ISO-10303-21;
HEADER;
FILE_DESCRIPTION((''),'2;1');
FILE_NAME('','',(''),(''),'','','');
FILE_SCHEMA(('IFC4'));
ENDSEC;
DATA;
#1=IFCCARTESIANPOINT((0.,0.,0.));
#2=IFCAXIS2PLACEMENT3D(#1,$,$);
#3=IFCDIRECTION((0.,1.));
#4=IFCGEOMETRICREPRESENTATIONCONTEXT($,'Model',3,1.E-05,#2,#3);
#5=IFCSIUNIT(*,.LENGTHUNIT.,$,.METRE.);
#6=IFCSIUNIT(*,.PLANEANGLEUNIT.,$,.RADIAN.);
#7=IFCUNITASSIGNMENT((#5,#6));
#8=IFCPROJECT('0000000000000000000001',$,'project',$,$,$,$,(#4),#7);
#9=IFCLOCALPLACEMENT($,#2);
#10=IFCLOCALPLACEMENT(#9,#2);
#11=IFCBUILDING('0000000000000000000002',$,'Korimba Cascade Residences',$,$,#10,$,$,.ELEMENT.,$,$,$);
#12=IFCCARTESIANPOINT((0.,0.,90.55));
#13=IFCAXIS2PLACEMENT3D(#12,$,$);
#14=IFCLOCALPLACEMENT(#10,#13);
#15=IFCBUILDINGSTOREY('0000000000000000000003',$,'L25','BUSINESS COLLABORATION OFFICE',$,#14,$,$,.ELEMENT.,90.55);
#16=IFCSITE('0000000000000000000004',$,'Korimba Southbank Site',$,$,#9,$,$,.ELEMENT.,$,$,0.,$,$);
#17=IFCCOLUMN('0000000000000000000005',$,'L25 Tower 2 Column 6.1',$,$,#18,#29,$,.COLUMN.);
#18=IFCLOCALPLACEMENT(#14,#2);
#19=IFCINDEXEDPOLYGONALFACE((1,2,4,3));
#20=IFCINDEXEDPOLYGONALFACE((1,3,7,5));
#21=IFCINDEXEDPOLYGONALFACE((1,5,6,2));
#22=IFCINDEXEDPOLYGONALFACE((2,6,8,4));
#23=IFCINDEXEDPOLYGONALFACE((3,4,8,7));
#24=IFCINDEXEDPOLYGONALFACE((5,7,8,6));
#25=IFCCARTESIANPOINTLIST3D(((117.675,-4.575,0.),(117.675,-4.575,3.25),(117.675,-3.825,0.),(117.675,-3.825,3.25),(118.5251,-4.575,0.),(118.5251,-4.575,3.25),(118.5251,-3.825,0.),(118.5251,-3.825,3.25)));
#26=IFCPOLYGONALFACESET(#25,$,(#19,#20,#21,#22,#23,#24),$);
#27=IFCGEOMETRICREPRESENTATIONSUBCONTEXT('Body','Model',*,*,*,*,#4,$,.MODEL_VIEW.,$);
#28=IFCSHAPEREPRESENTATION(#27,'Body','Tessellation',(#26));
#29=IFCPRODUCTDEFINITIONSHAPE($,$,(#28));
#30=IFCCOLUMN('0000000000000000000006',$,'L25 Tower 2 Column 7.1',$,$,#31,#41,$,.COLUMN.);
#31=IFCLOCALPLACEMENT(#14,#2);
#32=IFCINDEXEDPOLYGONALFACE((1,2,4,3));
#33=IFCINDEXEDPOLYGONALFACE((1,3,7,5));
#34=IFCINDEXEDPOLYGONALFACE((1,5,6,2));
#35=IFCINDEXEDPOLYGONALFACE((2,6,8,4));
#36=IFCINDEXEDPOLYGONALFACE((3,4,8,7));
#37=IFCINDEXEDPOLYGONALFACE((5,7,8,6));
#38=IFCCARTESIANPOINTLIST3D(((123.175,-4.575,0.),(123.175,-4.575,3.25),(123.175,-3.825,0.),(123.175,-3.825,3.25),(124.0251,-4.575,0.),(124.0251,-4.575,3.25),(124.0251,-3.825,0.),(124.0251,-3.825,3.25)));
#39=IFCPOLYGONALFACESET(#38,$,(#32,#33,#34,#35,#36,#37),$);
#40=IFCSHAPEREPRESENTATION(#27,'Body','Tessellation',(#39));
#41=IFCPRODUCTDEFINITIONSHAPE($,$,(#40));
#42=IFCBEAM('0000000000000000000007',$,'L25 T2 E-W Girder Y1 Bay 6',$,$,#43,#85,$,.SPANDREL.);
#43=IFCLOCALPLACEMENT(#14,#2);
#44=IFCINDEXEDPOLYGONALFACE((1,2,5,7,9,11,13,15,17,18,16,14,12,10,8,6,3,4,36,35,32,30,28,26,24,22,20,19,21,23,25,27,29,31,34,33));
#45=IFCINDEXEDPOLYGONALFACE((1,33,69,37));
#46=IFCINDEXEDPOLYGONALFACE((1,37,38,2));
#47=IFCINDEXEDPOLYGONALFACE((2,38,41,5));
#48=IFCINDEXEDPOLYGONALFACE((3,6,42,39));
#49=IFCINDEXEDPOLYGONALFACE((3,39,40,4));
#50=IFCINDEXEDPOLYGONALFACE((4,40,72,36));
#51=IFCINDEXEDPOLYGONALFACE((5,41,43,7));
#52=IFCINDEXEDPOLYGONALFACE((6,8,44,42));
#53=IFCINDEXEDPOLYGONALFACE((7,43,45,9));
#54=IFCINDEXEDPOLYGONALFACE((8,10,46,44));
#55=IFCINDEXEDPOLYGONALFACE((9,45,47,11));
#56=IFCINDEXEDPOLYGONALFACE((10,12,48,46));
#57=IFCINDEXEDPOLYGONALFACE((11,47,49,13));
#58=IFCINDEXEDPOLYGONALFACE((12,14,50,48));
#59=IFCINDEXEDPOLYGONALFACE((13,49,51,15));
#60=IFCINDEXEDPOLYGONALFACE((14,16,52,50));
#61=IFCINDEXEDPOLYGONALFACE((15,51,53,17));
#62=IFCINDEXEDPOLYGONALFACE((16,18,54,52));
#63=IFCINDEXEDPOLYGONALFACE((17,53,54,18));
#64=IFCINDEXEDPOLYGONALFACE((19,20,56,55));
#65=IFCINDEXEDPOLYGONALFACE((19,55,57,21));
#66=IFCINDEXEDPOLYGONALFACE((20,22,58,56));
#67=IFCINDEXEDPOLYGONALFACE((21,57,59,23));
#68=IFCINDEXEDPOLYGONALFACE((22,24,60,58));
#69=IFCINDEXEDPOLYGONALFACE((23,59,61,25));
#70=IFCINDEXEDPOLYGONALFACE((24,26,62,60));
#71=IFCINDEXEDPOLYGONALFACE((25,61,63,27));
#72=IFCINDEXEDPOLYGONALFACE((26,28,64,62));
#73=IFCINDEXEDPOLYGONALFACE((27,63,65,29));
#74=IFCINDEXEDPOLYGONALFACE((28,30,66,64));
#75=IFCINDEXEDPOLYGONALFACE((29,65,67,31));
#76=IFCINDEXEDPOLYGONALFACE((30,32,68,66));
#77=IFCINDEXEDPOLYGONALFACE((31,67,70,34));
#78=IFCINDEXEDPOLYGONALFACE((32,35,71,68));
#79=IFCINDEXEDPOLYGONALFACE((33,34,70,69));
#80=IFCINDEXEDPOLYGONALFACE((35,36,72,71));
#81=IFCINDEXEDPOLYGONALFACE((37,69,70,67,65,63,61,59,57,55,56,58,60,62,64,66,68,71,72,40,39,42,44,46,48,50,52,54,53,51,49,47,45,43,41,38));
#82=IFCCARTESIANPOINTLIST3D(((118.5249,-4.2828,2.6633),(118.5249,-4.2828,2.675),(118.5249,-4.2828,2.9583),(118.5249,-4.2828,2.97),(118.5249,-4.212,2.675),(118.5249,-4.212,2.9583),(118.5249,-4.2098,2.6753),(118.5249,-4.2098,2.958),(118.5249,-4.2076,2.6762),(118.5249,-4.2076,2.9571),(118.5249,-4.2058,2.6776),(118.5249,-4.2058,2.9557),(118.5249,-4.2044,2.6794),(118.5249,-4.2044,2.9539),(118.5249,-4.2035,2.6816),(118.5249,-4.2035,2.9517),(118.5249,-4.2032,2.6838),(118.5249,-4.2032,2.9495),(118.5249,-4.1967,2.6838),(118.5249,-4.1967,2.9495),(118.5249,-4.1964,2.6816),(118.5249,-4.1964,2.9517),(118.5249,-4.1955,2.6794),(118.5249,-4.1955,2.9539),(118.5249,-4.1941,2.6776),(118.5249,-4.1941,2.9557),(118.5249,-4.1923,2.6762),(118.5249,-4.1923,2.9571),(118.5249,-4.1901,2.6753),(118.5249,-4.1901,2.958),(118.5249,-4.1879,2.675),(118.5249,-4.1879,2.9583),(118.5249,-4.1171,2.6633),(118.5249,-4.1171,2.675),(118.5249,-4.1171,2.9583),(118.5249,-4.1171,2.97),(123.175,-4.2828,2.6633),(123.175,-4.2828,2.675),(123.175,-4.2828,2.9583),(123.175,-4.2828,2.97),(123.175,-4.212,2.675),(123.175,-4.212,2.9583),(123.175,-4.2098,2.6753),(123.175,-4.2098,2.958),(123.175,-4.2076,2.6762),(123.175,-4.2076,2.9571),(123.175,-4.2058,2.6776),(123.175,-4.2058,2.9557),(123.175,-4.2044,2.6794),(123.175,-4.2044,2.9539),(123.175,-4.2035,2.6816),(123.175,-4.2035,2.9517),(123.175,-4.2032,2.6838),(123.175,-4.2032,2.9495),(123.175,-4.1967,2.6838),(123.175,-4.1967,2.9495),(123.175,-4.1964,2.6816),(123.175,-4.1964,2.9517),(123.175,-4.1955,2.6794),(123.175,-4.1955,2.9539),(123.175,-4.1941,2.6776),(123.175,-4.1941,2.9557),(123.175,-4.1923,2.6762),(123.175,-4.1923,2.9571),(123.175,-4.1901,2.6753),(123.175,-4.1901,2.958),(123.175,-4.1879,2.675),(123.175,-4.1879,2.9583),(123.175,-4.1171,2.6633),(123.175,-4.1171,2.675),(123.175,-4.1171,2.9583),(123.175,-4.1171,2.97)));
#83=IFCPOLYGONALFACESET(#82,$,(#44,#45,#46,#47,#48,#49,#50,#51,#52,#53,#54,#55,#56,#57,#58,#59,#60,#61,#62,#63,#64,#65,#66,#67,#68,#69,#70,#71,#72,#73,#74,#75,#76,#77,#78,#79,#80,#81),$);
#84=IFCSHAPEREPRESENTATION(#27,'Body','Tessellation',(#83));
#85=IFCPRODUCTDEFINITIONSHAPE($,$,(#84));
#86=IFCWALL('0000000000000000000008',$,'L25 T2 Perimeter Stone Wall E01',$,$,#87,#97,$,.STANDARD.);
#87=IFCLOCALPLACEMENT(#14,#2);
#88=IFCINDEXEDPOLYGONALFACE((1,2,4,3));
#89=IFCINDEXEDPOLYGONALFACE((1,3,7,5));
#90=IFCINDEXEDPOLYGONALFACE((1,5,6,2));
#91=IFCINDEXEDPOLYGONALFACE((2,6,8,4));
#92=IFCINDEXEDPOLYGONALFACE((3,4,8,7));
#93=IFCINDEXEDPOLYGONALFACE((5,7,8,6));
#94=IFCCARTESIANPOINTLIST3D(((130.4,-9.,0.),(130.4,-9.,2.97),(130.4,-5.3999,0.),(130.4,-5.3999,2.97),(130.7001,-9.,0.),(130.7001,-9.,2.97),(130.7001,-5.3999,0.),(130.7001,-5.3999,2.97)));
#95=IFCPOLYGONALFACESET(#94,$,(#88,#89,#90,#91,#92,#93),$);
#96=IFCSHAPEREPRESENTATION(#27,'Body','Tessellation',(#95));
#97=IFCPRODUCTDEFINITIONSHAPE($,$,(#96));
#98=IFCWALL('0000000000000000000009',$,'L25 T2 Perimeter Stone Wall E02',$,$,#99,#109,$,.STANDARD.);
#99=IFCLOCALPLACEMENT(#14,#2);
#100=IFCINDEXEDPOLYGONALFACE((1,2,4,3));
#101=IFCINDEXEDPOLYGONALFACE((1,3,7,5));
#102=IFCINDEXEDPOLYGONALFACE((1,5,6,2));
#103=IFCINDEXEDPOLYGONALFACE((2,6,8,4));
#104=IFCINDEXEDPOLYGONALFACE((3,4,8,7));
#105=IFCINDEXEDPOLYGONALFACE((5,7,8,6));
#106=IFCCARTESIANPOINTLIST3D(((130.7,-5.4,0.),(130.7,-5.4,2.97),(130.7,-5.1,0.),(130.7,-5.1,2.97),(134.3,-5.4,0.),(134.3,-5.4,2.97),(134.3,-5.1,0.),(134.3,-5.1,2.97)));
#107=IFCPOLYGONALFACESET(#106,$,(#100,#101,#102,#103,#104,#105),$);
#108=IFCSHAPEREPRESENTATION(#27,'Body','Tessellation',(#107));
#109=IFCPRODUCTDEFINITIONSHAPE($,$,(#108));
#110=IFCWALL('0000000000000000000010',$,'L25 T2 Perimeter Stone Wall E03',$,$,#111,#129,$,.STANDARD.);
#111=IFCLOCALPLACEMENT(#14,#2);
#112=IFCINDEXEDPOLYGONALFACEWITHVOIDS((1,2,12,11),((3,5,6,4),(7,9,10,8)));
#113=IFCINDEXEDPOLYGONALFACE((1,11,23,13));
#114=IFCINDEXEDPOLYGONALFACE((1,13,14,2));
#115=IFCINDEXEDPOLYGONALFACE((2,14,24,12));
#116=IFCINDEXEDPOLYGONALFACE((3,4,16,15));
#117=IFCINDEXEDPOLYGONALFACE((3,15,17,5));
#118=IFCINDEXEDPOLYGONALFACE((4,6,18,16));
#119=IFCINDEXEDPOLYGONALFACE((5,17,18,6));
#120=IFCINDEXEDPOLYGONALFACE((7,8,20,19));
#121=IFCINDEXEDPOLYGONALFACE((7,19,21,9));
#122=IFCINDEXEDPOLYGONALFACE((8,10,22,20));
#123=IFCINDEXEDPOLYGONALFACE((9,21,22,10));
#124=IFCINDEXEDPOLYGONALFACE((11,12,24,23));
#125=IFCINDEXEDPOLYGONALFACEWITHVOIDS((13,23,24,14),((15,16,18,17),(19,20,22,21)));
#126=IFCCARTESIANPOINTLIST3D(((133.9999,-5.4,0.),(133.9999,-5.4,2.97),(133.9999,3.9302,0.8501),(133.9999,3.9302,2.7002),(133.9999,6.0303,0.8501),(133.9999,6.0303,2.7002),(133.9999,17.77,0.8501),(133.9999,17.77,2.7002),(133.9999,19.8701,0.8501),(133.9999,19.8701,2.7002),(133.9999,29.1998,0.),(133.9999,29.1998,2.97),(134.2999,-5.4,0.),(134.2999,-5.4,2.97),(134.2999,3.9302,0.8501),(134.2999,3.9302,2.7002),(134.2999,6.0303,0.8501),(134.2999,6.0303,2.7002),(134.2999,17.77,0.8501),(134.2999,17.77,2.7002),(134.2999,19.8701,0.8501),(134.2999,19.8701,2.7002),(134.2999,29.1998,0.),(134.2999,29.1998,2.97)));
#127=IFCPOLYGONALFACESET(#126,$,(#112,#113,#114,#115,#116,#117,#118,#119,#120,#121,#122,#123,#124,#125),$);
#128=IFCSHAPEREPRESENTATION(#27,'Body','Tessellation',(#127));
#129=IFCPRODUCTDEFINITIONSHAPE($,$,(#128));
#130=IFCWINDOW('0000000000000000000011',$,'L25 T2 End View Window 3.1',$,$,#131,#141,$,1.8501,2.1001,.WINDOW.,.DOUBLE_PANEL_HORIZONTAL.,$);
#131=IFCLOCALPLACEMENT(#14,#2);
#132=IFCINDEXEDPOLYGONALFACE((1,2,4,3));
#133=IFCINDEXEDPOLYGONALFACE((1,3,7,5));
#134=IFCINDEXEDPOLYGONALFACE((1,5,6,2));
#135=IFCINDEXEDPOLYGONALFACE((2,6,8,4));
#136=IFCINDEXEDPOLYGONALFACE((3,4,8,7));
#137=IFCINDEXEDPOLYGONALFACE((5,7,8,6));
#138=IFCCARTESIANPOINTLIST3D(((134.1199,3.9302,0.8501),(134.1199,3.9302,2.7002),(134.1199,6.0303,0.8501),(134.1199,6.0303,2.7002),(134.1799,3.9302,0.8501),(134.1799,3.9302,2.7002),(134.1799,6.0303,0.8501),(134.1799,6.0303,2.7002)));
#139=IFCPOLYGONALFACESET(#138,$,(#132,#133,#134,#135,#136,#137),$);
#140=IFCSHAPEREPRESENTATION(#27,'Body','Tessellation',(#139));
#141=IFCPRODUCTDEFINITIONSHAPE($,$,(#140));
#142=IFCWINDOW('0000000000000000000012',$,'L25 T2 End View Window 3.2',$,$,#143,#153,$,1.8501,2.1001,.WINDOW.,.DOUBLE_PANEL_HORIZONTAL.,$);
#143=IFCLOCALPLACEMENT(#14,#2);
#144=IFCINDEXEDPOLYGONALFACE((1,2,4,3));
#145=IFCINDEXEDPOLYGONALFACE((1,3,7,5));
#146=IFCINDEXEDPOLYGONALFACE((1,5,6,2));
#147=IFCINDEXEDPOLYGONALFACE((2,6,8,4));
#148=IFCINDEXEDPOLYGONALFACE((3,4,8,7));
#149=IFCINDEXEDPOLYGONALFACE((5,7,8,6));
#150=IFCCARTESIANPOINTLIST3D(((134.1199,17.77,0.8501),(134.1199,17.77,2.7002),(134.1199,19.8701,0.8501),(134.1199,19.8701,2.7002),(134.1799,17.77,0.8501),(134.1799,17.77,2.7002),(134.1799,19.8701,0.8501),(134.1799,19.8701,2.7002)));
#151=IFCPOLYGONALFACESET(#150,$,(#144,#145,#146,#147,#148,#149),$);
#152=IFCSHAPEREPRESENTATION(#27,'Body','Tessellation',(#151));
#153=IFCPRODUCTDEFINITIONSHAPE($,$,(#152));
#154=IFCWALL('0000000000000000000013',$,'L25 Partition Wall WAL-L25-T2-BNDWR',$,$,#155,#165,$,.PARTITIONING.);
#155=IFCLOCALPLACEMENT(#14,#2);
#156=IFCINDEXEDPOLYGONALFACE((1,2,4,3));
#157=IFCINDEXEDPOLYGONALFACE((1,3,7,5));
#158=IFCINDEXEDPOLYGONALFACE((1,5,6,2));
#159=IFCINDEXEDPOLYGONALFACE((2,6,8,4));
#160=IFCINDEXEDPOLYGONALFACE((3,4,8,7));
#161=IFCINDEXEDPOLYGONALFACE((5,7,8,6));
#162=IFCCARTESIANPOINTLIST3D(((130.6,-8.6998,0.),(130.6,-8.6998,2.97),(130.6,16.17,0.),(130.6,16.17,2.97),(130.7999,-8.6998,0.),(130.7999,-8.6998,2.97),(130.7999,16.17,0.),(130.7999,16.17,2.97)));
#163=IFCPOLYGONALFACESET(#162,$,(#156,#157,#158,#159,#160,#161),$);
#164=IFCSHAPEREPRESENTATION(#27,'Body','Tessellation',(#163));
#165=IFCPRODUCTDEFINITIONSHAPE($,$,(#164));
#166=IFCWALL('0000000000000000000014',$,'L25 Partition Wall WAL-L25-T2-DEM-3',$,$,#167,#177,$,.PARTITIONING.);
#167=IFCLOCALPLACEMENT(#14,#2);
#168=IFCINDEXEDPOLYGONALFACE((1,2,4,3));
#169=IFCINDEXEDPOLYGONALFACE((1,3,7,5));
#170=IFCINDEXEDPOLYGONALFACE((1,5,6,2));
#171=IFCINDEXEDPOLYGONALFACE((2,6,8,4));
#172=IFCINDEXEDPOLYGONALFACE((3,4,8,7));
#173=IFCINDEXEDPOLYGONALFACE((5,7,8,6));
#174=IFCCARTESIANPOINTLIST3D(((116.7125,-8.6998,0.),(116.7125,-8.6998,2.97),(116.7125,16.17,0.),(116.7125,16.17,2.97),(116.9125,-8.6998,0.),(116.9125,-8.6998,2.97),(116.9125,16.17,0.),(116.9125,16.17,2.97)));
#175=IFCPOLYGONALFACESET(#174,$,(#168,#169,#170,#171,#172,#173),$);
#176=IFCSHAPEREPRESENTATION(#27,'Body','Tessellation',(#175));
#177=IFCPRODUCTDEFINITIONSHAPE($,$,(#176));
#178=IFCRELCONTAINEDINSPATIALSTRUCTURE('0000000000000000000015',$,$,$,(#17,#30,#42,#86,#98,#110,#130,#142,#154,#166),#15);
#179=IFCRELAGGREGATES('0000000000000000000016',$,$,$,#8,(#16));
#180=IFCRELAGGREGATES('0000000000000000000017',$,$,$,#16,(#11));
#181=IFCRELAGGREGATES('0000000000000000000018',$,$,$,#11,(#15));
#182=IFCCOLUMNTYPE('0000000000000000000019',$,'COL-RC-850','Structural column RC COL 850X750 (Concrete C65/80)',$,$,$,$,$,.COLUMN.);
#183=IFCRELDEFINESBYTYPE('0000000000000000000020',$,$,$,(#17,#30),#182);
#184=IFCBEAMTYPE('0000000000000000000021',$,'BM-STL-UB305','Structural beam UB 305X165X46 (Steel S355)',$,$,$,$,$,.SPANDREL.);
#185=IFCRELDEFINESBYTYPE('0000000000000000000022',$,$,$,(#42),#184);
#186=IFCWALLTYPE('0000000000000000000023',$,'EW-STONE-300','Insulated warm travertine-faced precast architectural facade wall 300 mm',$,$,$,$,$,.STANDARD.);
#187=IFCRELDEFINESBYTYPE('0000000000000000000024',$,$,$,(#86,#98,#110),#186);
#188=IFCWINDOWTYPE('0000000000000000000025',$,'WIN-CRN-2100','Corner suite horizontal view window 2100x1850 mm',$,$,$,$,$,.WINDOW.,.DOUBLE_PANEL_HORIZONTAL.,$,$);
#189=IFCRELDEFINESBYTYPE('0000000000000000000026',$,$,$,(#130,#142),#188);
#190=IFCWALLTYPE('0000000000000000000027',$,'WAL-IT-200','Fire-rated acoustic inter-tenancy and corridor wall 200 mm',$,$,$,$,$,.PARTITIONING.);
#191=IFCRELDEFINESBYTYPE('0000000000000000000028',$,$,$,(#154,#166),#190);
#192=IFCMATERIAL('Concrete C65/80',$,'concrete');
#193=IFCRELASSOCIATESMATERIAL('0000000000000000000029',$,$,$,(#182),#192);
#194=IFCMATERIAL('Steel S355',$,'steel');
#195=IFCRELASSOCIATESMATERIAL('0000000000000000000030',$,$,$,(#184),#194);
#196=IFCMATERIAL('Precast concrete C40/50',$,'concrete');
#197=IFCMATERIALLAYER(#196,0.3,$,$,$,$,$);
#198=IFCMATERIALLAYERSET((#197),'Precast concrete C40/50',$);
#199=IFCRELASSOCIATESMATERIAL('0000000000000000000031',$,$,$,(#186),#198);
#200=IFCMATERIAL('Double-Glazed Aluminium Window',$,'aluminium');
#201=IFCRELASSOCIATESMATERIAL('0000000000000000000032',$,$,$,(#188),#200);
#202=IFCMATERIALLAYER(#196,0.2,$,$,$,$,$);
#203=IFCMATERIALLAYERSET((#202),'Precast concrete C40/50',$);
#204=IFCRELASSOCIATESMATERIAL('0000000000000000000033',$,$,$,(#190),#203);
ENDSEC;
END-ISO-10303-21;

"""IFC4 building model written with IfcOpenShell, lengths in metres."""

from ifc_helpers import new_model, si_unit, direction, frame, frame_2d, origin, origin_2d, place, context, subcontext, project, spatial, rectangle, i_section, extrude, material, layer, layer_set, material_profile, profile_set, type_object, element, fill, save


model = new_model("IFC4")

# Units and contexts
model_context = context("Model", 3, precision=1e-05, world=origin(), true_north=direction((0.0, 1.0)))
body_context = subcontext(model_context, "Body", "Model", "MODEL_VIEW")
ifc_project = project(units=[si_unit("LENGTHUNIT", "METRE"), si_unit("PLANEANGLEUNIT", "RADIAN")], contexts=[model_context])

# Site, building, storey
site_placement = place(None, origin())
site = spatial("IfcSite", under=ifc_project, at=site_placement, Name="Korimba Southbank Site", CompositionType="ELEMENT", RefElevation=0.0)
building_placement = place(site_placement, origin())
building = spatial("IfcBuilding", under=site, at=building_placement, Name="Korimba Cascade Residences", CompositionType="ELEMENT")
storey_placement = place(building_placement, frame((0.0, 0.0, 90.55)))
storey = spatial("IfcBuildingStorey", under=building, at=storey_placement, Name="L25", Description="BUSINESS COLLABORATION OFFICE", CompositionType="ELEMENT", Elevation=90.55)

# Columns
ifc_material_1 = material(Name="Concrete C65/80", Category="concrete")
ifc_material_profile_1 = material_profile(ifc_material_1, rectangle(XDim=0.8501, YDim=0.75, at=origin_2d()), Name="Concrete C65/80")
ifc_profile_set_1 = profile_set([ifc_material_profile_1], Name="Concrete C65/80")
column_type = type_object("IfcColumnType", Name="COL-RC-850", Description="Structural column RC COL 850X750 (Concrete C65/80)", PredefinedType="COLUMN", material=ifc_profile_set_1)
for number, where, z_axis, x_axis, name in (
    (1, (118.1001, -4.2, 0.0), (0.0, 0.0, 1.0), (1.0, 0.0, 0.0), "L25 Tower 2 Column 6.1"),
    (2, (123.6001, -4.2, 0.0), (0.0, 0.0, 1.0), (1.0, 0.0, 0.0), "L25 Tower 2 Column 7.1"),
):
    element("IfcColumn", number, at=place(storey_placement, frame(where, z_axis=z_axis, x_axis=x_axis)), inside=storey, type_object=column_type, Name=name, PredefinedType="COLUMN", context=body_context, shape_type="SweptSolid", body=[
        extrude(rectangle(XDim=0.8501, YDim=0.75, at=origin_2d()), origin(), (0.0, 0.0, 1.0), 3.25),
    ])

# Beam
ifc_material_2 = material(Name="Steel S355", Category="steel")
ifc_material_profile_2 = material_profile(ifc_material_2, i_section(OverallWidth=0.1658, OverallDepth=0.3066, WebThickness=0.0066, FlangeThickness=0.0117, FilletRadius=0.0088, at=origin_2d()), Name="Steel S355")
ifc_profile_set_2 = profile_set([ifc_material_profile_2], Name="Steel S355")
beam_type = type_object("IfcBeamType", Name="BM-STL-UB305", Description="Structural beam UB 305X165X46 (Steel S355)", PredefinedType="SPANDREL", material=ifc_profile_set_2)
beam_placement = place(storey_placement, frame((118.5249, -4.2, 2.8167), z_axis=(1.0, 0.0, 0.0), x_axis=(0.0, 1.0, 0.0)))
element("IfcBeam", 3, at=beam_placement, inside=storey, type_object=beam_type, Name="L25 T2 E-W Girder Y1 Bay 6", PredefinedType="SPANDREL", context=body_context, shape_type="SweptSolid", body=[
    extrude(i_section(OverallWidth=0.1658, OverallDepth=0.3066, WebThickness=0.0066, FlangeThickness=0.0117, FilletRadius=0.0088, at=origin_2d()), origin(), (0.0, 0.0, 1.0), 4.6501),
])

# Walls
ifc_material_3 = material(Name="Precast concrete C40/50", Category="concrete")
ifc_layer_1 = layer(ifc_material_3, 0.3)
ifc_layer_set_1 = layer_set([ifc_layer_1], Name="Precast concrete C40/50")
wall_type_1 = type_object("IfcWallType", Name="EW-STONE-300", Description="Insulated warm travertine-faced precast architectural facade wall 300 mm", PredefinedType="STANDARD", material=ifc_layer_set_1)
for number, where, z_axis, x_axis, name in (
    (4, (130.55, -9.0, 0.0), (0.0, 0.0, 1.0), (0.0, 1.0, 0.0), "L25 T2 Perimeter Stone Wall E01"),
    (5, (130.7, -5.25, 0.0), (0.0, 0.0, 1.0), (1.0, 0.0, 0.0), "L25 T2 Perimeter Stone Wall E02"),
):
    element("IfcWall", number, at=place(storey_placement, frame(where, z_axis=z_axis, x_axis=x_axis)), inside=storey, type_object=wall_type_1, Name=name, PredefinedType="STANDARD", context=body_context, shape_type="SweptSolid", body=[
        extrude(rectangle(XDim=3.6001, YDim=0.3, at=frame_2d((1.8, 0.0))), origin(), (0.0, 0.0, 1.0), 2.97),
    ])

# Wall, openings, windows
wall_1_placement = place(storey_placement, frame((134.1499, -5.3999, 0.0), z_axis=(0.0, 0.0, 1.0), x_axis=(0.0, 1.0, 0.0)))
wall_1 = element("IfcWall", 6, at=wall_1_placement, inside=storey, type_object=wall_type_1, Name="L25 T2 Perimeter Stone Wall E03", PredefinedType="STANDARD", context=body_context, shape_type="SweptSolid", body=[
    extrude(rectangle(XDim=34.5999, YDim=0.3, at=frame_2d((17.2998, 0.0))), origin(), (0.0, 0.0, 1.0), 2.97),
])
opening_1_placement = place(wall_1_placement, frame((9.3301, 0.0, 0.8501)))
opening_1 = element("IfcOpeningElement", 7, at=opening_1_placement, cuts=wall_1, PredefinedType="OPENING", context=body_context, shape_type="SweptSolid", body=[
    extrude(rectangle(XDim=2.1001, YDim=1.8501, at=frame_2d((1.05, 0.925))), frame((0.0, 0.1602, 0.0), z_axis=(0.0, -1.0, 0.0), x_axis=(1.0, 0.0, 0.0)), (0.0, 0.0, 1.0), 0.3201),
])
opening_2_placement = place(wall_1_placement, frame((23.1699, 0.0, 0.8501)))
opening_2 = element("IfcOpeningElement", 8, at=opening_2_placement, cuts=wall_1, PredefinedType="OPENING", context=body_context, shape_type="SweptSolid", body=[
    extrude(rectangle(XDim=2.1001, YDim=1.8501, at=frame_2d((1.05, 0.925))), frame((0.0, 0.1602, 0.0), z_axis=(0.0, -1.0, 0.0), x_axis=(1.0, 0.0, 0.0)), (0.0, 0.0, 1.0), 0.3201),
])
ifc_material_4 = material(Name="Double-Glazed Aluminium Window", Category="aluminium")
window_type = type_object("IfcWindowType", Name="WIN-CRN-2100", Description="Corner suite horizontal view window 2100x1850 mm", PartitioningType="DOUBLE_PANEL_HORIZONTAL", PredefinedType="WINDOW", material=ifc_material_4)
window_1_placement = place(opening_1_placement, origin())
window_1 = element("IfcWindow", 9, at=window_1_placement, inside=storey, type_object=window_type, Name="L25 T2 End View Window 3.1", OverallHeight=1.8501, OverallWidth=2.1001, PartitioningType="DOUBLE_PANEL_HORIZONTAL", PredefinedType="WINDOW", context=body_context, shape_type="SweptSolid", body=[
    extrude(rectangle(XDim=2.1001, YDim=1.8501, at=frame_2d((1.05, 0.925))), frame((0.0, 0.03, 0.0), z_axis=(0.0, -1.0, 0.0), x_axis=(1.0, 0.0, 0.0)), (0.0, 0.0, 1.0), 0.0601),
])
fill(opening_1, window_1)
window_2_placement = place(opening_2_placement, origin())
window_2 = element("IfcWindow", 10, at=window_2_placement, inside=storey, type_object=window_type, Name="L25 T2 End View Window 3.2", OverallHeight=1.8501, OverallWidth=2.1001, PartitioningType="DOUBLE_PANEL_HORIZONTAL", PredefinedType="WINDOW", context=body_context, shape_type="SweptSolid", body=[
    extrude(rectangle(XDim=2.1001, YDim=1.8501, at=frame_2d((1.05, 0.925))), frame((0.0, 0.03, 0.0), z_axis=(0.0, -1.0, 0.0), x_axis=(1.0, 0.0, 0.0)), (0.0, 0.0, 1.0), 0.0601),
])
fill(opening_2, window_2)

# Walls
ifc_layer_2 = layer(ifc_material_3, 0.2)
ifc_layer_set_2 = layer_set([ifc_layer_2], Name="Precast concrete C40/50")
wall_type_2 = type_object("IfcWallType", Name="WAL-IT-200", Description="Fire-rated acoustic inter-tenancy and corridor wall 200 mm", PredefinedType="PARTITIONING", material=ifc_layer_set_2)
for number, where, z_axis, x_axis, name in (
    (11, (130.7, -8.7, 0.0), (0.0, 0.0, 1.0), (0.0, 1.0, 0.0), "L25 Partition Wall WAL-L25-T2-BNDWR"),
    (12, (116.8125, -8.7, 0.0), (0.0, 0.0, 1.0), (0.0, 1.0, 0.0), "L25 Partition Wall WAL-L25-T2-DEM-3"),
):
    element("IfcWall", number, at=place(storey_placement, frame(where, z_axis=z_axis, x_axis=x_axis)), inside=storey, type_object=wall_type_2, Name=name, PredefinedType="PARTITIONING", context=body_context, shape_type="SweptSolid", body=[
        extrude(rectangle(XDim=24.8699, YDim=0.2, at=frame_2d((12.4351, 0.0))), origin(), (0.0, 0.0, 1.0), 2.97),
    ])

save(model, "model.ifc")
